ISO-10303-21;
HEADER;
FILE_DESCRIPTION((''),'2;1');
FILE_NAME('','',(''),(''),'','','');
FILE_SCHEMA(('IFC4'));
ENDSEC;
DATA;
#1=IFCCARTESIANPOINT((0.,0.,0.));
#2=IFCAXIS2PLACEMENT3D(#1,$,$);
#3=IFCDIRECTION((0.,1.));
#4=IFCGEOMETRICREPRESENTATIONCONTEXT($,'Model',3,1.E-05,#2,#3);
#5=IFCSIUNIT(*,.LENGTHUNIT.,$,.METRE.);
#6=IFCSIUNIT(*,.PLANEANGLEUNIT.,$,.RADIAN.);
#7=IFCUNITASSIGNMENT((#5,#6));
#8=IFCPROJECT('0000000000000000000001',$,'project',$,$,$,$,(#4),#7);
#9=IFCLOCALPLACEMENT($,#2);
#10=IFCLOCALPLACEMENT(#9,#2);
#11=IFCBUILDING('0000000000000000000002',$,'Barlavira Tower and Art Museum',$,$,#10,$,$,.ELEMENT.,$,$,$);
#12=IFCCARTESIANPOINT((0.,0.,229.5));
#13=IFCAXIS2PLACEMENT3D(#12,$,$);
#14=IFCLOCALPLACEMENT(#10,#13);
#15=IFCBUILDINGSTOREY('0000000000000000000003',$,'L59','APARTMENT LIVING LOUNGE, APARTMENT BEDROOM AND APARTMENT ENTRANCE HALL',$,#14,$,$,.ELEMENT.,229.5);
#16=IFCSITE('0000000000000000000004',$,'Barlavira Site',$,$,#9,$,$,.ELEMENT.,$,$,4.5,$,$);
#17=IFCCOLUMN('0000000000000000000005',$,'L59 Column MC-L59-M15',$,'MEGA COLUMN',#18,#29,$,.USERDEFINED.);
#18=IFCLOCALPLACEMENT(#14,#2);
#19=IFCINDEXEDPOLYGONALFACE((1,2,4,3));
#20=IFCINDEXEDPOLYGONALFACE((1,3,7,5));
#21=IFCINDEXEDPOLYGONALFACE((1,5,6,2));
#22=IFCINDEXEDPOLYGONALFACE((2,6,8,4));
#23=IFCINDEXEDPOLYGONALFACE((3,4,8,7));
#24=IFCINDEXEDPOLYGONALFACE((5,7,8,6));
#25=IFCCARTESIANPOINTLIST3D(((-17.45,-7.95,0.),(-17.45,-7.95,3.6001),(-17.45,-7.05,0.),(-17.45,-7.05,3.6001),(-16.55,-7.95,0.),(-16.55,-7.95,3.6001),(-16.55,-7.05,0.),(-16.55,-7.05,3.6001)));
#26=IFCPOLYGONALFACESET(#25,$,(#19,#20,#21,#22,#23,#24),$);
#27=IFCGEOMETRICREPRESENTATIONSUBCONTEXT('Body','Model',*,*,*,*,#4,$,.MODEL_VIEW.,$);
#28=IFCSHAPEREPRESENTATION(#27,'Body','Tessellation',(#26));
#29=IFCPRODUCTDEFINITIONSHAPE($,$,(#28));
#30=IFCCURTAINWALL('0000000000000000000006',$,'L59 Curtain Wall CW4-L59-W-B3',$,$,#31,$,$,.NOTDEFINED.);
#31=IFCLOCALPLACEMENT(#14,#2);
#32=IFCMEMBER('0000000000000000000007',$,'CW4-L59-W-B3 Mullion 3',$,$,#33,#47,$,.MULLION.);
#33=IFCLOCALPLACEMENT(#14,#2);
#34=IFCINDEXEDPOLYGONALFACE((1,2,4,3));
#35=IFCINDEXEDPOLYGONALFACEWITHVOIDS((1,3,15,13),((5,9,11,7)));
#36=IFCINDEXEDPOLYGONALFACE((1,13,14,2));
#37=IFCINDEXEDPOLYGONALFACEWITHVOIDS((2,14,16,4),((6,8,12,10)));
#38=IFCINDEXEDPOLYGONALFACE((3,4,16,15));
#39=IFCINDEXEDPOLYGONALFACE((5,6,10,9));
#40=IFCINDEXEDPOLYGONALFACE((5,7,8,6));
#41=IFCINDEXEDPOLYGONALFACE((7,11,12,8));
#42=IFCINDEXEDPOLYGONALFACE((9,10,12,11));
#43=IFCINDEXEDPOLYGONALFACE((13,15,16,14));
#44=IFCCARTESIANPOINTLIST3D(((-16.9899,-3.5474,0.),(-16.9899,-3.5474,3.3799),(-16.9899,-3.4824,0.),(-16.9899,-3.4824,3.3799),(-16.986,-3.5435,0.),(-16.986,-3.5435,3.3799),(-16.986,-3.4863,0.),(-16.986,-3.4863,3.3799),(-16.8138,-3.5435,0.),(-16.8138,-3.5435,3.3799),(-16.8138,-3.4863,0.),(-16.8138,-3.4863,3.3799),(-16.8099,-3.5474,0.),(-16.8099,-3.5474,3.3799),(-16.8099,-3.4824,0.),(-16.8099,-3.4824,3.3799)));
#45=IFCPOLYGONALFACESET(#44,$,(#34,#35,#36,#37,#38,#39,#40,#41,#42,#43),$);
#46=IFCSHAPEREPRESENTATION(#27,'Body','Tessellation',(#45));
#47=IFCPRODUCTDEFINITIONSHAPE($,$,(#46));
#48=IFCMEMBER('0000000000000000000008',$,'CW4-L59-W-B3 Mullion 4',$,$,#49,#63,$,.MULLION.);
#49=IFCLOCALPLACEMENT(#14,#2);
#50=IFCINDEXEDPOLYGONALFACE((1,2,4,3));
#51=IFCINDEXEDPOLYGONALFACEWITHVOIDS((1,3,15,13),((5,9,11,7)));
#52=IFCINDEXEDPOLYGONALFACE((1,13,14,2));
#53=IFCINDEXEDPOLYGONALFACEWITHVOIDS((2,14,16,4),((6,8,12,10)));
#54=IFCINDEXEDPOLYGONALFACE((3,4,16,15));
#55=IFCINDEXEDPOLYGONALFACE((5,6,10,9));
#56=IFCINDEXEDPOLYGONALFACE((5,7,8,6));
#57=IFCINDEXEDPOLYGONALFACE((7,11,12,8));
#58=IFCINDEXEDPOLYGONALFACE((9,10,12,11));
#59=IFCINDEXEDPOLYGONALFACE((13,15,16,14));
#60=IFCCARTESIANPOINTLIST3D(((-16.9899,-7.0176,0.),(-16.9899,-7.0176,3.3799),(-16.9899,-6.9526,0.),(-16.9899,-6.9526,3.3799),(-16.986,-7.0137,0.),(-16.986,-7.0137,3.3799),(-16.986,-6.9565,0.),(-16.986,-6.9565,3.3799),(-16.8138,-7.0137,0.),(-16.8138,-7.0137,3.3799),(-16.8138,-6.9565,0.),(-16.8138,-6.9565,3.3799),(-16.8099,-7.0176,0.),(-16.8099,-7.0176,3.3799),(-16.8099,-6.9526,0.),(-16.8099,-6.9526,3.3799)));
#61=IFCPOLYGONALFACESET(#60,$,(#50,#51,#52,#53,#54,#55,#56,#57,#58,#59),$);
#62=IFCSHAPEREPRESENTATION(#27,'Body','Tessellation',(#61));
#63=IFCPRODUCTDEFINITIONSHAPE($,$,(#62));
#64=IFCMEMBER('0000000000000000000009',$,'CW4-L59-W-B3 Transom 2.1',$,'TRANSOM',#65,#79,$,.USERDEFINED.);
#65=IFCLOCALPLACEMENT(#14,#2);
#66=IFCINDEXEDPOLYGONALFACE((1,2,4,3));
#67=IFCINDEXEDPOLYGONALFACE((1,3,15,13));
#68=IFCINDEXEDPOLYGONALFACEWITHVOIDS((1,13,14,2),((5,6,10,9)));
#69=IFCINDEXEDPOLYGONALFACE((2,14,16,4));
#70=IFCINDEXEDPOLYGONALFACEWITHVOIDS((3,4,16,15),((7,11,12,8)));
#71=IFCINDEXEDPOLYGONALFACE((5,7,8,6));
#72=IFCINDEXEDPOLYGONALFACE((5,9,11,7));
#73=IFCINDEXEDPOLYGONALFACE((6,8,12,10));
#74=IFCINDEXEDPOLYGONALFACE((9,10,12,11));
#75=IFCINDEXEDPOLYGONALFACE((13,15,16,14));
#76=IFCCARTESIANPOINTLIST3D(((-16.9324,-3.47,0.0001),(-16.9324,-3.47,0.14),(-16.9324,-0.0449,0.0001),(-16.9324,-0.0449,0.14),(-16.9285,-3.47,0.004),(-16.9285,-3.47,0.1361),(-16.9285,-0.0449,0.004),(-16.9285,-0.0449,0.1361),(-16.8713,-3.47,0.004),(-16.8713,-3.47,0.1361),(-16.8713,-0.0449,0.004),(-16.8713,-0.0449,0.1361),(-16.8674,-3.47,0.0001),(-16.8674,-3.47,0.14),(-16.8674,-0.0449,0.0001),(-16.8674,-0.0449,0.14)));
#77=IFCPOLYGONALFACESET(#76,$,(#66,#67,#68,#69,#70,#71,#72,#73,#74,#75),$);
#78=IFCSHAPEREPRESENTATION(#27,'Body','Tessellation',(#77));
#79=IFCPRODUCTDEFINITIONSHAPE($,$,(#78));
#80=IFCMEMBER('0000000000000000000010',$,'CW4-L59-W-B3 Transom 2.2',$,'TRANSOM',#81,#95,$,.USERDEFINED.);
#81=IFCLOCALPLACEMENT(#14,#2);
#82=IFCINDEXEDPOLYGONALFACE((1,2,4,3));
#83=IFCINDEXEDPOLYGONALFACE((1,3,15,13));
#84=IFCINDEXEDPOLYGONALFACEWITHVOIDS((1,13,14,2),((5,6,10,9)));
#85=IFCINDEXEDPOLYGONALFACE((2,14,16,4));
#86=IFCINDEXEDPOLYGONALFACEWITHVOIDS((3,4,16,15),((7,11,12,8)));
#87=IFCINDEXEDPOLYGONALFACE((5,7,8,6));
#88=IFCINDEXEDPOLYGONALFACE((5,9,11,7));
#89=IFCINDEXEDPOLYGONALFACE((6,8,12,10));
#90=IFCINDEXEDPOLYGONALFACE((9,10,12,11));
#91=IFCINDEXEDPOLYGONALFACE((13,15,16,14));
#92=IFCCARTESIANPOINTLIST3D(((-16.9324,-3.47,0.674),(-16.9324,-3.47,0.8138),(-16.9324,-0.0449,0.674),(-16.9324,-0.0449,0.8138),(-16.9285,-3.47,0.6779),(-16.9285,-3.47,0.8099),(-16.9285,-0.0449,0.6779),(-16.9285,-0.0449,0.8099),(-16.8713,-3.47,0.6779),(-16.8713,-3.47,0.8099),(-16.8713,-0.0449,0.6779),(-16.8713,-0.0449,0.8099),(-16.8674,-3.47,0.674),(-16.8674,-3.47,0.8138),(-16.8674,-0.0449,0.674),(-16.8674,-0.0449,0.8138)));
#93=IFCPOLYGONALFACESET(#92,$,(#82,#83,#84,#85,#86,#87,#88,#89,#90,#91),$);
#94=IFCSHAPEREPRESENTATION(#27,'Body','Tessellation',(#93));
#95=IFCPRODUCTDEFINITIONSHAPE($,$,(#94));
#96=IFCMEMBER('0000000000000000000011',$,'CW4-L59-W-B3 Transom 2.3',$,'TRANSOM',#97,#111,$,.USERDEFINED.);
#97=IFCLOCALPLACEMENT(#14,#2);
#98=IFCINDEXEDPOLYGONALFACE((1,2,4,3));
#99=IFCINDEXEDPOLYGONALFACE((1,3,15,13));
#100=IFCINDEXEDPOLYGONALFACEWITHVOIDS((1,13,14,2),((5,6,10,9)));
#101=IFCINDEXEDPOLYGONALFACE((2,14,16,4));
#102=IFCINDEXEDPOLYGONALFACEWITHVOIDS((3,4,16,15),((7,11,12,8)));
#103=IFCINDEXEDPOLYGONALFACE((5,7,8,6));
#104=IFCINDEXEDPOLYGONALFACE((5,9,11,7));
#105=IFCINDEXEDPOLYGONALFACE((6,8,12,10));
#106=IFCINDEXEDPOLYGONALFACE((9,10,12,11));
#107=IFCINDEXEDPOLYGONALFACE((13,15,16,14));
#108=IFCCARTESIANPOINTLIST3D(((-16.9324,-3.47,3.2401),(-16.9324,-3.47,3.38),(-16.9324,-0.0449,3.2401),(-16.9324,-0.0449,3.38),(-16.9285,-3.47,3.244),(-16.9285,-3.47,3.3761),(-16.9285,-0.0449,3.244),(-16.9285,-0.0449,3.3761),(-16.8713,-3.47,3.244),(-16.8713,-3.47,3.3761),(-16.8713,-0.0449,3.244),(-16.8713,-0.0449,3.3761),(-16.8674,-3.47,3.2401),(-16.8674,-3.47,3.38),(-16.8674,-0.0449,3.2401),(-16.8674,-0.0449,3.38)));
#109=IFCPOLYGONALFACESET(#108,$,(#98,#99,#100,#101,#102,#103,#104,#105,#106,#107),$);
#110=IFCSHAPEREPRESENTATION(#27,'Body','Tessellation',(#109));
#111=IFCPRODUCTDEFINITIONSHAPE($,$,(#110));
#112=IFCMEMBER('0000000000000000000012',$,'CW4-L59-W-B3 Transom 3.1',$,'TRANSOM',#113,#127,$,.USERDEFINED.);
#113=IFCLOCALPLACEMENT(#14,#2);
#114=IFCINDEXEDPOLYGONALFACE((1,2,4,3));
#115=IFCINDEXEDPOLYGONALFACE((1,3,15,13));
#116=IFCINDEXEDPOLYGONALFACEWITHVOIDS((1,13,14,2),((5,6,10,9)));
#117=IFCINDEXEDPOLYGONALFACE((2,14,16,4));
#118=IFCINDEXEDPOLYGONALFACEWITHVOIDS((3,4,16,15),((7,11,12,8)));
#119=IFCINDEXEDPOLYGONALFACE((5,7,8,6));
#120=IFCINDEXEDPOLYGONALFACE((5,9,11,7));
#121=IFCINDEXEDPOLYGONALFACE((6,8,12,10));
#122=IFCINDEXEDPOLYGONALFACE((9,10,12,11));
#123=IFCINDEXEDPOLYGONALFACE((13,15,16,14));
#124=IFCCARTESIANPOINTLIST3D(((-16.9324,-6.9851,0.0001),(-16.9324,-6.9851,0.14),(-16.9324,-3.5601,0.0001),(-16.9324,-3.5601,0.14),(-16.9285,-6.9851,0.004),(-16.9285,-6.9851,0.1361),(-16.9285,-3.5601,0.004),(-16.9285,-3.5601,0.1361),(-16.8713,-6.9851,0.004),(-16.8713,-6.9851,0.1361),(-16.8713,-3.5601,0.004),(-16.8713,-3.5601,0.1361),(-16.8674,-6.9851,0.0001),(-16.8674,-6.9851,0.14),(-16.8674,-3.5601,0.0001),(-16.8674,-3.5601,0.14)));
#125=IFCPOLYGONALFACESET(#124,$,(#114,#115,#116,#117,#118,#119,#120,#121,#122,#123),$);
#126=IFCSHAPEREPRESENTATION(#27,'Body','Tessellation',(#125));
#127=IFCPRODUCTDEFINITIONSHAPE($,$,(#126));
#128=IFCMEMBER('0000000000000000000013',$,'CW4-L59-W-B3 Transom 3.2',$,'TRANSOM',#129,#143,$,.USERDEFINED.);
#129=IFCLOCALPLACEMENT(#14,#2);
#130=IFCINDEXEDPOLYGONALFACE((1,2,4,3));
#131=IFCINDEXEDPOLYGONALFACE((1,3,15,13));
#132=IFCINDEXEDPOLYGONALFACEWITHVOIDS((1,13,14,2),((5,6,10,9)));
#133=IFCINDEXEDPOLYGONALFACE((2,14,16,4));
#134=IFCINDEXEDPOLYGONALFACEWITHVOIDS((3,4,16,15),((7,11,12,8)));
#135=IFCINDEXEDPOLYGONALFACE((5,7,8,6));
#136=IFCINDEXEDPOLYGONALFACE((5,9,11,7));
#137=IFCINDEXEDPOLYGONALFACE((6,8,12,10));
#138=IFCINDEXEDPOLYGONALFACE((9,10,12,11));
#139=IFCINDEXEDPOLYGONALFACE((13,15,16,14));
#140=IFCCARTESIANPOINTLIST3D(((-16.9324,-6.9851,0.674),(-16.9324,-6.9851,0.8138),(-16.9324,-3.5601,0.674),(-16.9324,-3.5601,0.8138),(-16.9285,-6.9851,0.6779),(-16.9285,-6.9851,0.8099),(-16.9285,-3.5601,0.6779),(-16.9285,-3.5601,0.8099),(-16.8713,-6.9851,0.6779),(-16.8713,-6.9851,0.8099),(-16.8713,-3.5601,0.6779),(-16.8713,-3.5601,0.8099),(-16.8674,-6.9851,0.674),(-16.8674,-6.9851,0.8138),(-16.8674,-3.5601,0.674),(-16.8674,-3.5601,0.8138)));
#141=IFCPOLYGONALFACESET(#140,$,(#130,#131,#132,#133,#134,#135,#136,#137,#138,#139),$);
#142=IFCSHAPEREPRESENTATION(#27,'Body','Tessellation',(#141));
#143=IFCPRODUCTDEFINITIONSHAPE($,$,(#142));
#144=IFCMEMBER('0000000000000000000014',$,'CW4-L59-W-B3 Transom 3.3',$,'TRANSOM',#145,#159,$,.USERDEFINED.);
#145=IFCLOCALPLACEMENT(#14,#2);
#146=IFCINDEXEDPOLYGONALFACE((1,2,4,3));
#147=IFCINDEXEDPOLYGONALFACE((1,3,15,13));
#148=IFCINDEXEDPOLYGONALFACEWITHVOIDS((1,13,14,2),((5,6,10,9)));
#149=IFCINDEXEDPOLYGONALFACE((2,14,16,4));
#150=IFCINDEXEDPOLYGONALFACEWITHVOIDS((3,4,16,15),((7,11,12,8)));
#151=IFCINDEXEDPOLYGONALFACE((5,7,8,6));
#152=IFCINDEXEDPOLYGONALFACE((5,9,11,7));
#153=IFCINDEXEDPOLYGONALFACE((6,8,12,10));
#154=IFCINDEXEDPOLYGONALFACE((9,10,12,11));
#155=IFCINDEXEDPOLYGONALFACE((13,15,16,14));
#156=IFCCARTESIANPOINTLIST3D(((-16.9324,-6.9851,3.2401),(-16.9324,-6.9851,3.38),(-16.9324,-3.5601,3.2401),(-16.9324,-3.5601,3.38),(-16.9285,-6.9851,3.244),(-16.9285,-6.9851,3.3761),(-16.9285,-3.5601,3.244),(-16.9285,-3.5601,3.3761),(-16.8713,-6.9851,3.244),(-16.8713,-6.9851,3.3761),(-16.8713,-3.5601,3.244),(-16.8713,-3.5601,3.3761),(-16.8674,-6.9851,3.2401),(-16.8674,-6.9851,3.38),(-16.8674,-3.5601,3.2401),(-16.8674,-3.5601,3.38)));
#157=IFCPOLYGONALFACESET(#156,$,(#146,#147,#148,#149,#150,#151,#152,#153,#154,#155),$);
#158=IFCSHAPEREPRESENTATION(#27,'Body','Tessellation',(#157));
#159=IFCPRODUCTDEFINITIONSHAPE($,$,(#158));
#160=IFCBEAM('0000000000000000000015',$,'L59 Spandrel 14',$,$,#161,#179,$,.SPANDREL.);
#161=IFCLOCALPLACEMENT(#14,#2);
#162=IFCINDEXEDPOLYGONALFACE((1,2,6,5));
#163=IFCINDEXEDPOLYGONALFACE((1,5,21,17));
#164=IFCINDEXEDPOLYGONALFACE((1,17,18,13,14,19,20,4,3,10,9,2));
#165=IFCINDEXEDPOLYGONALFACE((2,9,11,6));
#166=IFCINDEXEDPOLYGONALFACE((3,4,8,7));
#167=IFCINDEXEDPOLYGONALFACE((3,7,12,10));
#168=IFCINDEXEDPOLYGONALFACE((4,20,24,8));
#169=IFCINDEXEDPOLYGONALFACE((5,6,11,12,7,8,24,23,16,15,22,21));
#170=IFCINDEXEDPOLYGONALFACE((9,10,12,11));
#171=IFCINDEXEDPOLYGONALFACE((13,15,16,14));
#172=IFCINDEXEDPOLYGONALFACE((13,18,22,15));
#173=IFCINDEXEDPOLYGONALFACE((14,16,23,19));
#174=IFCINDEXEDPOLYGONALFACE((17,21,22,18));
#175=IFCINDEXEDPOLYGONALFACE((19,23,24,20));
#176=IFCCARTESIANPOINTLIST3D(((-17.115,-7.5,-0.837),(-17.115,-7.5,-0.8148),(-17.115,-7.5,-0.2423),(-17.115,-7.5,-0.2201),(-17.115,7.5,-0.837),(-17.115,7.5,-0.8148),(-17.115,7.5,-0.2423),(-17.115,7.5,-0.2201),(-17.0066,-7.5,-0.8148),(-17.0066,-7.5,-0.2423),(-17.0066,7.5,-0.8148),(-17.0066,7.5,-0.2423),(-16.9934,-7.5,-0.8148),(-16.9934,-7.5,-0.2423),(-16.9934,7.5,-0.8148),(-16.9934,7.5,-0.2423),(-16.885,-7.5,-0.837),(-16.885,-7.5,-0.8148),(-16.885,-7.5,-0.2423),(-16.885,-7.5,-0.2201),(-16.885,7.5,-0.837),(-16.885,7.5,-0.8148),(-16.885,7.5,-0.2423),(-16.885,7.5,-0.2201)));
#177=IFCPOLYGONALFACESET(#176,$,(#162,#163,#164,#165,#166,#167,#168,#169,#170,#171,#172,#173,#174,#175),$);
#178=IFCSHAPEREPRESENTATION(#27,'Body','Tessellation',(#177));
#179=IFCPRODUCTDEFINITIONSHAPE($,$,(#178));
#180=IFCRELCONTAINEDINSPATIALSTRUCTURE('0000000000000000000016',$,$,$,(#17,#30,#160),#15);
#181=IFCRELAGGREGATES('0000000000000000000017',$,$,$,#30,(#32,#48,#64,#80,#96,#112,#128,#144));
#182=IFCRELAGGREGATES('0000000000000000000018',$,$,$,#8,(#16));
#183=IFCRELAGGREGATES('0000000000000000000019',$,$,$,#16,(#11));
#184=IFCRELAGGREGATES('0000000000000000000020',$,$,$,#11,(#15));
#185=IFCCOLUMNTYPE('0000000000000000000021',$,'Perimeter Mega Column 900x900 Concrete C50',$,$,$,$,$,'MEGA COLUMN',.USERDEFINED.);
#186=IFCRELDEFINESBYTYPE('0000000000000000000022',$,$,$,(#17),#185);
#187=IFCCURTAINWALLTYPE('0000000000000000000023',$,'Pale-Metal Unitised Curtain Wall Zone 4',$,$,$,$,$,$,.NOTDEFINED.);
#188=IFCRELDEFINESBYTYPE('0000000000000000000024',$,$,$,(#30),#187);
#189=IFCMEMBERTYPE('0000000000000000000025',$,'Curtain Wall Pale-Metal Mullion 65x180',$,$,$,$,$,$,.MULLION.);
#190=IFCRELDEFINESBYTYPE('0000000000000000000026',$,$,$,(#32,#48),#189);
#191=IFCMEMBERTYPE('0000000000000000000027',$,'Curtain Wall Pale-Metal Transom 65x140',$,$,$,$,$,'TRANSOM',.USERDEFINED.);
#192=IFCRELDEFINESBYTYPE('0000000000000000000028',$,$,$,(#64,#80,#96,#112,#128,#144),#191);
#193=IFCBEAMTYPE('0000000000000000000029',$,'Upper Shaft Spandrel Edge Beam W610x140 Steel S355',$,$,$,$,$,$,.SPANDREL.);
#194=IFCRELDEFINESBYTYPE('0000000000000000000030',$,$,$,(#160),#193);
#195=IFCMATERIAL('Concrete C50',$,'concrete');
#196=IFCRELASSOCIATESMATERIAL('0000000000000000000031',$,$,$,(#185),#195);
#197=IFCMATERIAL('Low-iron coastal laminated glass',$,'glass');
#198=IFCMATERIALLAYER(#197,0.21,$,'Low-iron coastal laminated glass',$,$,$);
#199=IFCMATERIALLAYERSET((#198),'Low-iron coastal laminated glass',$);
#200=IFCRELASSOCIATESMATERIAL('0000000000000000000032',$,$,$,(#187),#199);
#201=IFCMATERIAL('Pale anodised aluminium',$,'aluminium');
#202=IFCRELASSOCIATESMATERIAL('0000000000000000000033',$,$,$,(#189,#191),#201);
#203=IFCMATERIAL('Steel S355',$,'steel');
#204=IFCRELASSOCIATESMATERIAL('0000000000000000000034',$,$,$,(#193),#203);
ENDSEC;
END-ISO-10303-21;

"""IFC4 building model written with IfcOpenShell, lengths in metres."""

from ifc_helpers import new_model, si_unit, direction, frame, origin, origin_2d, place, context, subcontext, project, spatial, rectangle, hollow_rectangle, i_section, extrude, material, layer, layer_set, material_profile, profile_set, type_object, element, aggregate, save


model = new_model("IFC4")

# Units and contexts
model_context = context("Model", 3, precision=1e-05, world=origin(), true_north=direction((0.0, 1.0)))
body_context = subcontext(model_context, "Body", "Model", "MODEL_VIEW")
ifc_project = project(units=[si_unit("LENGTHUNIT", "METRE"), si_unit("PLANEANGLEUNIT", "RADIAN")], contexts=[model_context])

# Site, building, storey
site_placement = place(None, origin())
site = spatial("IfcSite", under=ifc_project, at=site_placement, Name="Barlavira Site", CompositionType="ELEMENT", RefElevation=4.5)
building_placement = place(site_placement, origin())
building = spatial("IfcBuilding", under=site, at=building_placement, Name="Barlavira Tower and Art Museum", CompositionType="ELEMENT")
storey_placement = place(building_placement, frame((0.0, 0.0, 229.5)))
storey = spatial("IfcBuildingStorey", under=building, at=storey_placement, Name="L59", Description="APARTMENT LIVING LOUNGE, APARTMENT BEDROOM AND APARTMENT ENTRANCE HALL", CompositionType="ELEMENT", Elevation=229.5)

# Column
ifc_material_1 = material(Name="Concrete C50", Category="concrete")
ifc_material_profile_1 = material_profile(ifc_material_1, rectangle(XDim=0.8999, YDim=0.8999, at=origin_2d()), Name="RC-COL 900x900")
ifc_profile_set_1 = profile_set([ifc_material_profile_1], Name="Concrete C50")
column_type = type_object("IfcColumnType", Name="Perimeter Mega Column 900x900 Concrete C50", ElementType="MEGA COLUMN", PredefinedType="USERDEFINED", material=ifc_profile_set_1)
column_placement = place(storey_placement, frame((-17.0, -7.5, 0.0), z_axis=(0.0, 0.0, 1.0), x_axis=(1.0, 0.0, 0.0)))
element("IfcColumn", 1, at=column_placement, inside=storey, type_object=column_type, Name="L59 Column MC-L59-M15", ObjectType="MEGA COLUMN", PredefinedType="USERDEFINED", context=body_context, shape_type="SweptSolid", body=[
    extrude(rectangle(XDim=0.8999, YDim=0.8999, at=origin_2d()), origin(), (0.0, 0.0, 1.0), 3.6001),
])

# Curtain wall, members
ifc_material_2 = material(Name="Low-iron coastal laminated glass", Category="glass")
ifc_layer_1 = layer(ifc_material_2, 0.21, Name="Low-iron coastal laminated glass")
ifc_layer_set_1 = layer_set([ifc_layer_1], Name="Low-iron coastal laminated glass")
curtain_wall_type = type_object("IfcCurtainWallType", Name="Pale-Metal Unitised Curtain Wall Zone 4", PredefinedType="NOTDEFINED", material=ifc_layer_set_1)
curtain_wall_placement = place(storey_placement, origin())
curtain_wall = element("IfcCurtainWall", 2, at=curtain_wall_placement, inside=storey, type_object=curtain_wall_type, Name="L59 Curtain Wall CW4-L59-W-B3", PredefinedType="NOTDEFINED")
ifc_material_3 = material(Name="Pale anodised aluminium", Category="aluminium")
ifc_material_profile_2 = material_profile(ifc_material_3, hollow_rectangle(XDim=0.0649, YDim=0.1799, WallThickness=0.0039, at=origin_2d()), Name="ALU-MULL 65x180x4")
ifc_profile_set_2 = profile_set([ifc_material_profile_2], Name="Pale anodised aluminium")
member_type_1 = type_object("IfcMemberType", Name="Curtain Wall Pale-Metal Mullion 65x180", PredefinedType="MULLION", material=ifc_profile_set_2)
member_1_placement = place(storey_placement, frame((-16.8999, -3.5149, 0.0), z_axis=(0.0, 0.0, 1.0), x_axis=(0.0, -1.0, 0.0)))
member_1 = element("IfcMember", 3, at=member_1_placement, type_object=member_type_1, Name="CW4-L59-W-B3 Mullion 3", PredefinedType="MULLION", context=body_context, shape_type="SweptSolid", body=[
    extrude(hollow_rectangle(XDim=0.0649, YDim=0.1799, WallThickness=0.0039, at=origin_2d()), origin(), (0.0, 0.0, 1.0), 3.3799),
])
member_2_placement = place(storey_placement, frame((-16.8999, -6.9851, 0.0), z_axis=(0.0, 0.0, 1.0), x_axis=(0.0, -1.0, 0.0)))
member_2 = element("IfcMember", 4, at=member_2_placement, type_object=member_type_1, Name="CW4-L59-W-B3 Mullion 4", PredefinedType="MULLION", context=body_context, shape_type="SweptSolid", body=[
    extrude(hollow_rectangle(XDim=0.0649, YDim=0.1799, WallThickness=0.0039, at=origin_2d()), origin(), (0.0, 0.0, 1.0), 3.3799),
])
ifc_material_profile_3 = material_profile(ifc_material_3, hollow_rectangle(XDim=0.0649, YDim=0.1399, WallThickness=0.0039, at=origin_2d()), Name="ALU-TRAN 65x140x4")
ifc_profile_set_3 = profile_set([ifc_material_profile_3], Name="Pale anodised aluminium")
member_type_2 = type_object("IfcMemberType", Name="Curtain Wall Pale-Metal Transom 65x140", ElementType="TRANSOM", PredefinedType="USERDEFINED", material=ifc_profile_set_3)
member_3_placement = place(storey_placement, frame((-16.8999, -0.0449, 0.0701), z_axis=(0.0, -1.0, 0.0), x_axis=(1.0, 0.0, 0.0)))
member_3 = element("IfcMember", 5, at=member_3_placement, type_object=member_type_2, Name="CW4-L59-W-B3 Transom 2.1", ObjectType="TRANSOM", PredefinedType="USERDEFINED", context=body_context, shape_type="SweptSolid", body=[
    extrude(hollow_rectangle(XDim=0.0649, YDim=0.1399, WallThickness=0.0039, at=origin_2d()), origin(), (0.0, 0.0, 1.0), 3.425),
])
member_4_placement = place(storey_placement, frame((-16.8999, -0.0449, 0.7439), z_axis=(0.0, -1.0, 0.0), x_axis=(1.0, 0.0, 0.0)))
member_4 = element("IfcMember", 6, at=member_4_placement, type_object=member_type_2, Name="CW4-L59-W-B3 Transom 2.2", ObjectType="TRANSOM", PredefinedType="USERDEFINED", context=body_context, shape_type="SweptSolid", body=[
    extrude(hollow_rectangle(XDim=0.0649, YDim=0.1399, WallThickness=0.0039, at=origin_2d()), origin(), (0.0, 0.0, 1.0), 3.425),
])
member_5_placement = place(storey_placement, frame((-16.8999, -0.0449, 3.3101), z_axis=(0.0, -1.0, 0.0), x_axis=(1.0, 0.0, 0.0)))
member_5 = element("IfcMember", 7, at=member_5_placement, type_object=member_type_2, Name="CW4-L59-W-B3 Transom 2.3", ObjectType="TRANSOM", PredefinedType="USERDEFINED", context=body_context, shape_type="SweptSolid", body=[
    extrude(hollow_rectangle(XDim=0.0649, YDim=0.1399, WallThickness=0.0039, at=origin_2d()), origin(), (0.0, 0.0, 1.0), 3.425),
])
member_6_placement = place(storey_placement, frame((-16.8999, -3.5601, 0.0701), z_axis=(0.0, -1.0, 0.0), x_axis=(1.0, 0.0, 0.0)))
member_6 = element("IfcMember", 8, at=member_6_placement, type_object=member_type_2, Name="CW4-L59-W-B3 Transom 3.1", ObjectType="TRANSOM", PredefinedType="USERDEFINED", context=body_context, shape_type="SweptSolid", body=[
    extrude(hollow_rectangle(XDim=0.0649, YDim=0.1399, WallThickness=0.0039, at=origin_2d()), origin(), (0.0, 0.0, 1.0), 3.425),
])
member_7_placement = place(storey_placement, frame((-16.8999, -3.5601, 0.7439), z_axis=(0.0, -1.0, 0.0), x_axis=(1.0, 0.0, 0.0)))
member_7 = element("IfcMember", 9, at=member_7_placement, type_object=member_type_2, Name="CW4-L59-W-B3 Transom 3.2", ObjectType="TRANSOM", PredefinedType="USERDEFINED", context=body_context, shape_type="SweptSolid", body=[
    extrude(hollow_rectangle(XDim=0.0649, YDim=0.1399, WallThickness=0.0039, at=origin_2d()), origin(), (0.0, 0.0, 1.0), 3.425),
])
member_8_placement = place(storey_placement, frame((-16.8999, -3.5601, 3.3101), z_axis=(0.0, -1.0, 0.0), x_axis=(1.0, 0.0, 0.0)))
member_8 = element("IfcMember", 10, at=member_8_placement, type_object=member_type_2, Name="CW4-L59-W-B3 Transom 3.3", ObjectType="TRANSOM", PredefinedType="USERDEFINED", context=body_context, shape_type="SweptSolid", body=[
    extrude(hollow_rectangle(XDim=0.0649, YDim=0.1399, WallThickness=0.0039, at=origin_2d()), origin(), (0.0, 0.0, 1.0), 3.425),
])

# Beam
ifc_material_4 = material(Name="Steel S355", Category="steel")
ifc_material_profile_4 = material_profile(ifc_material_4, i_section(OverallWidth=0.23, OverallDepth=0.6169, WebThickness=0.0132, FlangeThickness=0.0222, at=origin_2d()), Name="W610x140.0")
ifc_profile_set_4 = profile_set([ifc_material_profile_4], Name="Steel S355")
beam_type_1 = type_object("IfcBeamType", Name="Upper Shaft Spandrel Edge Beam W610x140 Steel S355", PredefinedType="SPANDREL", material=ifc_profile_set_4)
beam_1_placement = place(storey_placement, frame((-17.0, -7.5, -0.5286), z_axis=(0.0, 1.0, 0.0), x_axis=(-1.0, 0.0, 0.0)))
element("IfcBeam", 11, at=beam_1_placement, inside=storey, type_object=beam_type_1, Name="L59 Spandrel 14", PredefinedType="SPANDREL", context=body_context, shape_type="SweptSolid", body=[
    extrude(i_section(OverallWidth=0.23, OverallDepth=0.6169, WebThickness=0.0132, FlangeThickness=0.0222, at=origin_2d()), origin(), (0.0, 0.0, 1.0), 15.0),
])

aggregate(curtain_wall, [member_1, member_2, member_3, member_4, member_5, member_6, member_7, member_8])

save(model, "model.ifc")
